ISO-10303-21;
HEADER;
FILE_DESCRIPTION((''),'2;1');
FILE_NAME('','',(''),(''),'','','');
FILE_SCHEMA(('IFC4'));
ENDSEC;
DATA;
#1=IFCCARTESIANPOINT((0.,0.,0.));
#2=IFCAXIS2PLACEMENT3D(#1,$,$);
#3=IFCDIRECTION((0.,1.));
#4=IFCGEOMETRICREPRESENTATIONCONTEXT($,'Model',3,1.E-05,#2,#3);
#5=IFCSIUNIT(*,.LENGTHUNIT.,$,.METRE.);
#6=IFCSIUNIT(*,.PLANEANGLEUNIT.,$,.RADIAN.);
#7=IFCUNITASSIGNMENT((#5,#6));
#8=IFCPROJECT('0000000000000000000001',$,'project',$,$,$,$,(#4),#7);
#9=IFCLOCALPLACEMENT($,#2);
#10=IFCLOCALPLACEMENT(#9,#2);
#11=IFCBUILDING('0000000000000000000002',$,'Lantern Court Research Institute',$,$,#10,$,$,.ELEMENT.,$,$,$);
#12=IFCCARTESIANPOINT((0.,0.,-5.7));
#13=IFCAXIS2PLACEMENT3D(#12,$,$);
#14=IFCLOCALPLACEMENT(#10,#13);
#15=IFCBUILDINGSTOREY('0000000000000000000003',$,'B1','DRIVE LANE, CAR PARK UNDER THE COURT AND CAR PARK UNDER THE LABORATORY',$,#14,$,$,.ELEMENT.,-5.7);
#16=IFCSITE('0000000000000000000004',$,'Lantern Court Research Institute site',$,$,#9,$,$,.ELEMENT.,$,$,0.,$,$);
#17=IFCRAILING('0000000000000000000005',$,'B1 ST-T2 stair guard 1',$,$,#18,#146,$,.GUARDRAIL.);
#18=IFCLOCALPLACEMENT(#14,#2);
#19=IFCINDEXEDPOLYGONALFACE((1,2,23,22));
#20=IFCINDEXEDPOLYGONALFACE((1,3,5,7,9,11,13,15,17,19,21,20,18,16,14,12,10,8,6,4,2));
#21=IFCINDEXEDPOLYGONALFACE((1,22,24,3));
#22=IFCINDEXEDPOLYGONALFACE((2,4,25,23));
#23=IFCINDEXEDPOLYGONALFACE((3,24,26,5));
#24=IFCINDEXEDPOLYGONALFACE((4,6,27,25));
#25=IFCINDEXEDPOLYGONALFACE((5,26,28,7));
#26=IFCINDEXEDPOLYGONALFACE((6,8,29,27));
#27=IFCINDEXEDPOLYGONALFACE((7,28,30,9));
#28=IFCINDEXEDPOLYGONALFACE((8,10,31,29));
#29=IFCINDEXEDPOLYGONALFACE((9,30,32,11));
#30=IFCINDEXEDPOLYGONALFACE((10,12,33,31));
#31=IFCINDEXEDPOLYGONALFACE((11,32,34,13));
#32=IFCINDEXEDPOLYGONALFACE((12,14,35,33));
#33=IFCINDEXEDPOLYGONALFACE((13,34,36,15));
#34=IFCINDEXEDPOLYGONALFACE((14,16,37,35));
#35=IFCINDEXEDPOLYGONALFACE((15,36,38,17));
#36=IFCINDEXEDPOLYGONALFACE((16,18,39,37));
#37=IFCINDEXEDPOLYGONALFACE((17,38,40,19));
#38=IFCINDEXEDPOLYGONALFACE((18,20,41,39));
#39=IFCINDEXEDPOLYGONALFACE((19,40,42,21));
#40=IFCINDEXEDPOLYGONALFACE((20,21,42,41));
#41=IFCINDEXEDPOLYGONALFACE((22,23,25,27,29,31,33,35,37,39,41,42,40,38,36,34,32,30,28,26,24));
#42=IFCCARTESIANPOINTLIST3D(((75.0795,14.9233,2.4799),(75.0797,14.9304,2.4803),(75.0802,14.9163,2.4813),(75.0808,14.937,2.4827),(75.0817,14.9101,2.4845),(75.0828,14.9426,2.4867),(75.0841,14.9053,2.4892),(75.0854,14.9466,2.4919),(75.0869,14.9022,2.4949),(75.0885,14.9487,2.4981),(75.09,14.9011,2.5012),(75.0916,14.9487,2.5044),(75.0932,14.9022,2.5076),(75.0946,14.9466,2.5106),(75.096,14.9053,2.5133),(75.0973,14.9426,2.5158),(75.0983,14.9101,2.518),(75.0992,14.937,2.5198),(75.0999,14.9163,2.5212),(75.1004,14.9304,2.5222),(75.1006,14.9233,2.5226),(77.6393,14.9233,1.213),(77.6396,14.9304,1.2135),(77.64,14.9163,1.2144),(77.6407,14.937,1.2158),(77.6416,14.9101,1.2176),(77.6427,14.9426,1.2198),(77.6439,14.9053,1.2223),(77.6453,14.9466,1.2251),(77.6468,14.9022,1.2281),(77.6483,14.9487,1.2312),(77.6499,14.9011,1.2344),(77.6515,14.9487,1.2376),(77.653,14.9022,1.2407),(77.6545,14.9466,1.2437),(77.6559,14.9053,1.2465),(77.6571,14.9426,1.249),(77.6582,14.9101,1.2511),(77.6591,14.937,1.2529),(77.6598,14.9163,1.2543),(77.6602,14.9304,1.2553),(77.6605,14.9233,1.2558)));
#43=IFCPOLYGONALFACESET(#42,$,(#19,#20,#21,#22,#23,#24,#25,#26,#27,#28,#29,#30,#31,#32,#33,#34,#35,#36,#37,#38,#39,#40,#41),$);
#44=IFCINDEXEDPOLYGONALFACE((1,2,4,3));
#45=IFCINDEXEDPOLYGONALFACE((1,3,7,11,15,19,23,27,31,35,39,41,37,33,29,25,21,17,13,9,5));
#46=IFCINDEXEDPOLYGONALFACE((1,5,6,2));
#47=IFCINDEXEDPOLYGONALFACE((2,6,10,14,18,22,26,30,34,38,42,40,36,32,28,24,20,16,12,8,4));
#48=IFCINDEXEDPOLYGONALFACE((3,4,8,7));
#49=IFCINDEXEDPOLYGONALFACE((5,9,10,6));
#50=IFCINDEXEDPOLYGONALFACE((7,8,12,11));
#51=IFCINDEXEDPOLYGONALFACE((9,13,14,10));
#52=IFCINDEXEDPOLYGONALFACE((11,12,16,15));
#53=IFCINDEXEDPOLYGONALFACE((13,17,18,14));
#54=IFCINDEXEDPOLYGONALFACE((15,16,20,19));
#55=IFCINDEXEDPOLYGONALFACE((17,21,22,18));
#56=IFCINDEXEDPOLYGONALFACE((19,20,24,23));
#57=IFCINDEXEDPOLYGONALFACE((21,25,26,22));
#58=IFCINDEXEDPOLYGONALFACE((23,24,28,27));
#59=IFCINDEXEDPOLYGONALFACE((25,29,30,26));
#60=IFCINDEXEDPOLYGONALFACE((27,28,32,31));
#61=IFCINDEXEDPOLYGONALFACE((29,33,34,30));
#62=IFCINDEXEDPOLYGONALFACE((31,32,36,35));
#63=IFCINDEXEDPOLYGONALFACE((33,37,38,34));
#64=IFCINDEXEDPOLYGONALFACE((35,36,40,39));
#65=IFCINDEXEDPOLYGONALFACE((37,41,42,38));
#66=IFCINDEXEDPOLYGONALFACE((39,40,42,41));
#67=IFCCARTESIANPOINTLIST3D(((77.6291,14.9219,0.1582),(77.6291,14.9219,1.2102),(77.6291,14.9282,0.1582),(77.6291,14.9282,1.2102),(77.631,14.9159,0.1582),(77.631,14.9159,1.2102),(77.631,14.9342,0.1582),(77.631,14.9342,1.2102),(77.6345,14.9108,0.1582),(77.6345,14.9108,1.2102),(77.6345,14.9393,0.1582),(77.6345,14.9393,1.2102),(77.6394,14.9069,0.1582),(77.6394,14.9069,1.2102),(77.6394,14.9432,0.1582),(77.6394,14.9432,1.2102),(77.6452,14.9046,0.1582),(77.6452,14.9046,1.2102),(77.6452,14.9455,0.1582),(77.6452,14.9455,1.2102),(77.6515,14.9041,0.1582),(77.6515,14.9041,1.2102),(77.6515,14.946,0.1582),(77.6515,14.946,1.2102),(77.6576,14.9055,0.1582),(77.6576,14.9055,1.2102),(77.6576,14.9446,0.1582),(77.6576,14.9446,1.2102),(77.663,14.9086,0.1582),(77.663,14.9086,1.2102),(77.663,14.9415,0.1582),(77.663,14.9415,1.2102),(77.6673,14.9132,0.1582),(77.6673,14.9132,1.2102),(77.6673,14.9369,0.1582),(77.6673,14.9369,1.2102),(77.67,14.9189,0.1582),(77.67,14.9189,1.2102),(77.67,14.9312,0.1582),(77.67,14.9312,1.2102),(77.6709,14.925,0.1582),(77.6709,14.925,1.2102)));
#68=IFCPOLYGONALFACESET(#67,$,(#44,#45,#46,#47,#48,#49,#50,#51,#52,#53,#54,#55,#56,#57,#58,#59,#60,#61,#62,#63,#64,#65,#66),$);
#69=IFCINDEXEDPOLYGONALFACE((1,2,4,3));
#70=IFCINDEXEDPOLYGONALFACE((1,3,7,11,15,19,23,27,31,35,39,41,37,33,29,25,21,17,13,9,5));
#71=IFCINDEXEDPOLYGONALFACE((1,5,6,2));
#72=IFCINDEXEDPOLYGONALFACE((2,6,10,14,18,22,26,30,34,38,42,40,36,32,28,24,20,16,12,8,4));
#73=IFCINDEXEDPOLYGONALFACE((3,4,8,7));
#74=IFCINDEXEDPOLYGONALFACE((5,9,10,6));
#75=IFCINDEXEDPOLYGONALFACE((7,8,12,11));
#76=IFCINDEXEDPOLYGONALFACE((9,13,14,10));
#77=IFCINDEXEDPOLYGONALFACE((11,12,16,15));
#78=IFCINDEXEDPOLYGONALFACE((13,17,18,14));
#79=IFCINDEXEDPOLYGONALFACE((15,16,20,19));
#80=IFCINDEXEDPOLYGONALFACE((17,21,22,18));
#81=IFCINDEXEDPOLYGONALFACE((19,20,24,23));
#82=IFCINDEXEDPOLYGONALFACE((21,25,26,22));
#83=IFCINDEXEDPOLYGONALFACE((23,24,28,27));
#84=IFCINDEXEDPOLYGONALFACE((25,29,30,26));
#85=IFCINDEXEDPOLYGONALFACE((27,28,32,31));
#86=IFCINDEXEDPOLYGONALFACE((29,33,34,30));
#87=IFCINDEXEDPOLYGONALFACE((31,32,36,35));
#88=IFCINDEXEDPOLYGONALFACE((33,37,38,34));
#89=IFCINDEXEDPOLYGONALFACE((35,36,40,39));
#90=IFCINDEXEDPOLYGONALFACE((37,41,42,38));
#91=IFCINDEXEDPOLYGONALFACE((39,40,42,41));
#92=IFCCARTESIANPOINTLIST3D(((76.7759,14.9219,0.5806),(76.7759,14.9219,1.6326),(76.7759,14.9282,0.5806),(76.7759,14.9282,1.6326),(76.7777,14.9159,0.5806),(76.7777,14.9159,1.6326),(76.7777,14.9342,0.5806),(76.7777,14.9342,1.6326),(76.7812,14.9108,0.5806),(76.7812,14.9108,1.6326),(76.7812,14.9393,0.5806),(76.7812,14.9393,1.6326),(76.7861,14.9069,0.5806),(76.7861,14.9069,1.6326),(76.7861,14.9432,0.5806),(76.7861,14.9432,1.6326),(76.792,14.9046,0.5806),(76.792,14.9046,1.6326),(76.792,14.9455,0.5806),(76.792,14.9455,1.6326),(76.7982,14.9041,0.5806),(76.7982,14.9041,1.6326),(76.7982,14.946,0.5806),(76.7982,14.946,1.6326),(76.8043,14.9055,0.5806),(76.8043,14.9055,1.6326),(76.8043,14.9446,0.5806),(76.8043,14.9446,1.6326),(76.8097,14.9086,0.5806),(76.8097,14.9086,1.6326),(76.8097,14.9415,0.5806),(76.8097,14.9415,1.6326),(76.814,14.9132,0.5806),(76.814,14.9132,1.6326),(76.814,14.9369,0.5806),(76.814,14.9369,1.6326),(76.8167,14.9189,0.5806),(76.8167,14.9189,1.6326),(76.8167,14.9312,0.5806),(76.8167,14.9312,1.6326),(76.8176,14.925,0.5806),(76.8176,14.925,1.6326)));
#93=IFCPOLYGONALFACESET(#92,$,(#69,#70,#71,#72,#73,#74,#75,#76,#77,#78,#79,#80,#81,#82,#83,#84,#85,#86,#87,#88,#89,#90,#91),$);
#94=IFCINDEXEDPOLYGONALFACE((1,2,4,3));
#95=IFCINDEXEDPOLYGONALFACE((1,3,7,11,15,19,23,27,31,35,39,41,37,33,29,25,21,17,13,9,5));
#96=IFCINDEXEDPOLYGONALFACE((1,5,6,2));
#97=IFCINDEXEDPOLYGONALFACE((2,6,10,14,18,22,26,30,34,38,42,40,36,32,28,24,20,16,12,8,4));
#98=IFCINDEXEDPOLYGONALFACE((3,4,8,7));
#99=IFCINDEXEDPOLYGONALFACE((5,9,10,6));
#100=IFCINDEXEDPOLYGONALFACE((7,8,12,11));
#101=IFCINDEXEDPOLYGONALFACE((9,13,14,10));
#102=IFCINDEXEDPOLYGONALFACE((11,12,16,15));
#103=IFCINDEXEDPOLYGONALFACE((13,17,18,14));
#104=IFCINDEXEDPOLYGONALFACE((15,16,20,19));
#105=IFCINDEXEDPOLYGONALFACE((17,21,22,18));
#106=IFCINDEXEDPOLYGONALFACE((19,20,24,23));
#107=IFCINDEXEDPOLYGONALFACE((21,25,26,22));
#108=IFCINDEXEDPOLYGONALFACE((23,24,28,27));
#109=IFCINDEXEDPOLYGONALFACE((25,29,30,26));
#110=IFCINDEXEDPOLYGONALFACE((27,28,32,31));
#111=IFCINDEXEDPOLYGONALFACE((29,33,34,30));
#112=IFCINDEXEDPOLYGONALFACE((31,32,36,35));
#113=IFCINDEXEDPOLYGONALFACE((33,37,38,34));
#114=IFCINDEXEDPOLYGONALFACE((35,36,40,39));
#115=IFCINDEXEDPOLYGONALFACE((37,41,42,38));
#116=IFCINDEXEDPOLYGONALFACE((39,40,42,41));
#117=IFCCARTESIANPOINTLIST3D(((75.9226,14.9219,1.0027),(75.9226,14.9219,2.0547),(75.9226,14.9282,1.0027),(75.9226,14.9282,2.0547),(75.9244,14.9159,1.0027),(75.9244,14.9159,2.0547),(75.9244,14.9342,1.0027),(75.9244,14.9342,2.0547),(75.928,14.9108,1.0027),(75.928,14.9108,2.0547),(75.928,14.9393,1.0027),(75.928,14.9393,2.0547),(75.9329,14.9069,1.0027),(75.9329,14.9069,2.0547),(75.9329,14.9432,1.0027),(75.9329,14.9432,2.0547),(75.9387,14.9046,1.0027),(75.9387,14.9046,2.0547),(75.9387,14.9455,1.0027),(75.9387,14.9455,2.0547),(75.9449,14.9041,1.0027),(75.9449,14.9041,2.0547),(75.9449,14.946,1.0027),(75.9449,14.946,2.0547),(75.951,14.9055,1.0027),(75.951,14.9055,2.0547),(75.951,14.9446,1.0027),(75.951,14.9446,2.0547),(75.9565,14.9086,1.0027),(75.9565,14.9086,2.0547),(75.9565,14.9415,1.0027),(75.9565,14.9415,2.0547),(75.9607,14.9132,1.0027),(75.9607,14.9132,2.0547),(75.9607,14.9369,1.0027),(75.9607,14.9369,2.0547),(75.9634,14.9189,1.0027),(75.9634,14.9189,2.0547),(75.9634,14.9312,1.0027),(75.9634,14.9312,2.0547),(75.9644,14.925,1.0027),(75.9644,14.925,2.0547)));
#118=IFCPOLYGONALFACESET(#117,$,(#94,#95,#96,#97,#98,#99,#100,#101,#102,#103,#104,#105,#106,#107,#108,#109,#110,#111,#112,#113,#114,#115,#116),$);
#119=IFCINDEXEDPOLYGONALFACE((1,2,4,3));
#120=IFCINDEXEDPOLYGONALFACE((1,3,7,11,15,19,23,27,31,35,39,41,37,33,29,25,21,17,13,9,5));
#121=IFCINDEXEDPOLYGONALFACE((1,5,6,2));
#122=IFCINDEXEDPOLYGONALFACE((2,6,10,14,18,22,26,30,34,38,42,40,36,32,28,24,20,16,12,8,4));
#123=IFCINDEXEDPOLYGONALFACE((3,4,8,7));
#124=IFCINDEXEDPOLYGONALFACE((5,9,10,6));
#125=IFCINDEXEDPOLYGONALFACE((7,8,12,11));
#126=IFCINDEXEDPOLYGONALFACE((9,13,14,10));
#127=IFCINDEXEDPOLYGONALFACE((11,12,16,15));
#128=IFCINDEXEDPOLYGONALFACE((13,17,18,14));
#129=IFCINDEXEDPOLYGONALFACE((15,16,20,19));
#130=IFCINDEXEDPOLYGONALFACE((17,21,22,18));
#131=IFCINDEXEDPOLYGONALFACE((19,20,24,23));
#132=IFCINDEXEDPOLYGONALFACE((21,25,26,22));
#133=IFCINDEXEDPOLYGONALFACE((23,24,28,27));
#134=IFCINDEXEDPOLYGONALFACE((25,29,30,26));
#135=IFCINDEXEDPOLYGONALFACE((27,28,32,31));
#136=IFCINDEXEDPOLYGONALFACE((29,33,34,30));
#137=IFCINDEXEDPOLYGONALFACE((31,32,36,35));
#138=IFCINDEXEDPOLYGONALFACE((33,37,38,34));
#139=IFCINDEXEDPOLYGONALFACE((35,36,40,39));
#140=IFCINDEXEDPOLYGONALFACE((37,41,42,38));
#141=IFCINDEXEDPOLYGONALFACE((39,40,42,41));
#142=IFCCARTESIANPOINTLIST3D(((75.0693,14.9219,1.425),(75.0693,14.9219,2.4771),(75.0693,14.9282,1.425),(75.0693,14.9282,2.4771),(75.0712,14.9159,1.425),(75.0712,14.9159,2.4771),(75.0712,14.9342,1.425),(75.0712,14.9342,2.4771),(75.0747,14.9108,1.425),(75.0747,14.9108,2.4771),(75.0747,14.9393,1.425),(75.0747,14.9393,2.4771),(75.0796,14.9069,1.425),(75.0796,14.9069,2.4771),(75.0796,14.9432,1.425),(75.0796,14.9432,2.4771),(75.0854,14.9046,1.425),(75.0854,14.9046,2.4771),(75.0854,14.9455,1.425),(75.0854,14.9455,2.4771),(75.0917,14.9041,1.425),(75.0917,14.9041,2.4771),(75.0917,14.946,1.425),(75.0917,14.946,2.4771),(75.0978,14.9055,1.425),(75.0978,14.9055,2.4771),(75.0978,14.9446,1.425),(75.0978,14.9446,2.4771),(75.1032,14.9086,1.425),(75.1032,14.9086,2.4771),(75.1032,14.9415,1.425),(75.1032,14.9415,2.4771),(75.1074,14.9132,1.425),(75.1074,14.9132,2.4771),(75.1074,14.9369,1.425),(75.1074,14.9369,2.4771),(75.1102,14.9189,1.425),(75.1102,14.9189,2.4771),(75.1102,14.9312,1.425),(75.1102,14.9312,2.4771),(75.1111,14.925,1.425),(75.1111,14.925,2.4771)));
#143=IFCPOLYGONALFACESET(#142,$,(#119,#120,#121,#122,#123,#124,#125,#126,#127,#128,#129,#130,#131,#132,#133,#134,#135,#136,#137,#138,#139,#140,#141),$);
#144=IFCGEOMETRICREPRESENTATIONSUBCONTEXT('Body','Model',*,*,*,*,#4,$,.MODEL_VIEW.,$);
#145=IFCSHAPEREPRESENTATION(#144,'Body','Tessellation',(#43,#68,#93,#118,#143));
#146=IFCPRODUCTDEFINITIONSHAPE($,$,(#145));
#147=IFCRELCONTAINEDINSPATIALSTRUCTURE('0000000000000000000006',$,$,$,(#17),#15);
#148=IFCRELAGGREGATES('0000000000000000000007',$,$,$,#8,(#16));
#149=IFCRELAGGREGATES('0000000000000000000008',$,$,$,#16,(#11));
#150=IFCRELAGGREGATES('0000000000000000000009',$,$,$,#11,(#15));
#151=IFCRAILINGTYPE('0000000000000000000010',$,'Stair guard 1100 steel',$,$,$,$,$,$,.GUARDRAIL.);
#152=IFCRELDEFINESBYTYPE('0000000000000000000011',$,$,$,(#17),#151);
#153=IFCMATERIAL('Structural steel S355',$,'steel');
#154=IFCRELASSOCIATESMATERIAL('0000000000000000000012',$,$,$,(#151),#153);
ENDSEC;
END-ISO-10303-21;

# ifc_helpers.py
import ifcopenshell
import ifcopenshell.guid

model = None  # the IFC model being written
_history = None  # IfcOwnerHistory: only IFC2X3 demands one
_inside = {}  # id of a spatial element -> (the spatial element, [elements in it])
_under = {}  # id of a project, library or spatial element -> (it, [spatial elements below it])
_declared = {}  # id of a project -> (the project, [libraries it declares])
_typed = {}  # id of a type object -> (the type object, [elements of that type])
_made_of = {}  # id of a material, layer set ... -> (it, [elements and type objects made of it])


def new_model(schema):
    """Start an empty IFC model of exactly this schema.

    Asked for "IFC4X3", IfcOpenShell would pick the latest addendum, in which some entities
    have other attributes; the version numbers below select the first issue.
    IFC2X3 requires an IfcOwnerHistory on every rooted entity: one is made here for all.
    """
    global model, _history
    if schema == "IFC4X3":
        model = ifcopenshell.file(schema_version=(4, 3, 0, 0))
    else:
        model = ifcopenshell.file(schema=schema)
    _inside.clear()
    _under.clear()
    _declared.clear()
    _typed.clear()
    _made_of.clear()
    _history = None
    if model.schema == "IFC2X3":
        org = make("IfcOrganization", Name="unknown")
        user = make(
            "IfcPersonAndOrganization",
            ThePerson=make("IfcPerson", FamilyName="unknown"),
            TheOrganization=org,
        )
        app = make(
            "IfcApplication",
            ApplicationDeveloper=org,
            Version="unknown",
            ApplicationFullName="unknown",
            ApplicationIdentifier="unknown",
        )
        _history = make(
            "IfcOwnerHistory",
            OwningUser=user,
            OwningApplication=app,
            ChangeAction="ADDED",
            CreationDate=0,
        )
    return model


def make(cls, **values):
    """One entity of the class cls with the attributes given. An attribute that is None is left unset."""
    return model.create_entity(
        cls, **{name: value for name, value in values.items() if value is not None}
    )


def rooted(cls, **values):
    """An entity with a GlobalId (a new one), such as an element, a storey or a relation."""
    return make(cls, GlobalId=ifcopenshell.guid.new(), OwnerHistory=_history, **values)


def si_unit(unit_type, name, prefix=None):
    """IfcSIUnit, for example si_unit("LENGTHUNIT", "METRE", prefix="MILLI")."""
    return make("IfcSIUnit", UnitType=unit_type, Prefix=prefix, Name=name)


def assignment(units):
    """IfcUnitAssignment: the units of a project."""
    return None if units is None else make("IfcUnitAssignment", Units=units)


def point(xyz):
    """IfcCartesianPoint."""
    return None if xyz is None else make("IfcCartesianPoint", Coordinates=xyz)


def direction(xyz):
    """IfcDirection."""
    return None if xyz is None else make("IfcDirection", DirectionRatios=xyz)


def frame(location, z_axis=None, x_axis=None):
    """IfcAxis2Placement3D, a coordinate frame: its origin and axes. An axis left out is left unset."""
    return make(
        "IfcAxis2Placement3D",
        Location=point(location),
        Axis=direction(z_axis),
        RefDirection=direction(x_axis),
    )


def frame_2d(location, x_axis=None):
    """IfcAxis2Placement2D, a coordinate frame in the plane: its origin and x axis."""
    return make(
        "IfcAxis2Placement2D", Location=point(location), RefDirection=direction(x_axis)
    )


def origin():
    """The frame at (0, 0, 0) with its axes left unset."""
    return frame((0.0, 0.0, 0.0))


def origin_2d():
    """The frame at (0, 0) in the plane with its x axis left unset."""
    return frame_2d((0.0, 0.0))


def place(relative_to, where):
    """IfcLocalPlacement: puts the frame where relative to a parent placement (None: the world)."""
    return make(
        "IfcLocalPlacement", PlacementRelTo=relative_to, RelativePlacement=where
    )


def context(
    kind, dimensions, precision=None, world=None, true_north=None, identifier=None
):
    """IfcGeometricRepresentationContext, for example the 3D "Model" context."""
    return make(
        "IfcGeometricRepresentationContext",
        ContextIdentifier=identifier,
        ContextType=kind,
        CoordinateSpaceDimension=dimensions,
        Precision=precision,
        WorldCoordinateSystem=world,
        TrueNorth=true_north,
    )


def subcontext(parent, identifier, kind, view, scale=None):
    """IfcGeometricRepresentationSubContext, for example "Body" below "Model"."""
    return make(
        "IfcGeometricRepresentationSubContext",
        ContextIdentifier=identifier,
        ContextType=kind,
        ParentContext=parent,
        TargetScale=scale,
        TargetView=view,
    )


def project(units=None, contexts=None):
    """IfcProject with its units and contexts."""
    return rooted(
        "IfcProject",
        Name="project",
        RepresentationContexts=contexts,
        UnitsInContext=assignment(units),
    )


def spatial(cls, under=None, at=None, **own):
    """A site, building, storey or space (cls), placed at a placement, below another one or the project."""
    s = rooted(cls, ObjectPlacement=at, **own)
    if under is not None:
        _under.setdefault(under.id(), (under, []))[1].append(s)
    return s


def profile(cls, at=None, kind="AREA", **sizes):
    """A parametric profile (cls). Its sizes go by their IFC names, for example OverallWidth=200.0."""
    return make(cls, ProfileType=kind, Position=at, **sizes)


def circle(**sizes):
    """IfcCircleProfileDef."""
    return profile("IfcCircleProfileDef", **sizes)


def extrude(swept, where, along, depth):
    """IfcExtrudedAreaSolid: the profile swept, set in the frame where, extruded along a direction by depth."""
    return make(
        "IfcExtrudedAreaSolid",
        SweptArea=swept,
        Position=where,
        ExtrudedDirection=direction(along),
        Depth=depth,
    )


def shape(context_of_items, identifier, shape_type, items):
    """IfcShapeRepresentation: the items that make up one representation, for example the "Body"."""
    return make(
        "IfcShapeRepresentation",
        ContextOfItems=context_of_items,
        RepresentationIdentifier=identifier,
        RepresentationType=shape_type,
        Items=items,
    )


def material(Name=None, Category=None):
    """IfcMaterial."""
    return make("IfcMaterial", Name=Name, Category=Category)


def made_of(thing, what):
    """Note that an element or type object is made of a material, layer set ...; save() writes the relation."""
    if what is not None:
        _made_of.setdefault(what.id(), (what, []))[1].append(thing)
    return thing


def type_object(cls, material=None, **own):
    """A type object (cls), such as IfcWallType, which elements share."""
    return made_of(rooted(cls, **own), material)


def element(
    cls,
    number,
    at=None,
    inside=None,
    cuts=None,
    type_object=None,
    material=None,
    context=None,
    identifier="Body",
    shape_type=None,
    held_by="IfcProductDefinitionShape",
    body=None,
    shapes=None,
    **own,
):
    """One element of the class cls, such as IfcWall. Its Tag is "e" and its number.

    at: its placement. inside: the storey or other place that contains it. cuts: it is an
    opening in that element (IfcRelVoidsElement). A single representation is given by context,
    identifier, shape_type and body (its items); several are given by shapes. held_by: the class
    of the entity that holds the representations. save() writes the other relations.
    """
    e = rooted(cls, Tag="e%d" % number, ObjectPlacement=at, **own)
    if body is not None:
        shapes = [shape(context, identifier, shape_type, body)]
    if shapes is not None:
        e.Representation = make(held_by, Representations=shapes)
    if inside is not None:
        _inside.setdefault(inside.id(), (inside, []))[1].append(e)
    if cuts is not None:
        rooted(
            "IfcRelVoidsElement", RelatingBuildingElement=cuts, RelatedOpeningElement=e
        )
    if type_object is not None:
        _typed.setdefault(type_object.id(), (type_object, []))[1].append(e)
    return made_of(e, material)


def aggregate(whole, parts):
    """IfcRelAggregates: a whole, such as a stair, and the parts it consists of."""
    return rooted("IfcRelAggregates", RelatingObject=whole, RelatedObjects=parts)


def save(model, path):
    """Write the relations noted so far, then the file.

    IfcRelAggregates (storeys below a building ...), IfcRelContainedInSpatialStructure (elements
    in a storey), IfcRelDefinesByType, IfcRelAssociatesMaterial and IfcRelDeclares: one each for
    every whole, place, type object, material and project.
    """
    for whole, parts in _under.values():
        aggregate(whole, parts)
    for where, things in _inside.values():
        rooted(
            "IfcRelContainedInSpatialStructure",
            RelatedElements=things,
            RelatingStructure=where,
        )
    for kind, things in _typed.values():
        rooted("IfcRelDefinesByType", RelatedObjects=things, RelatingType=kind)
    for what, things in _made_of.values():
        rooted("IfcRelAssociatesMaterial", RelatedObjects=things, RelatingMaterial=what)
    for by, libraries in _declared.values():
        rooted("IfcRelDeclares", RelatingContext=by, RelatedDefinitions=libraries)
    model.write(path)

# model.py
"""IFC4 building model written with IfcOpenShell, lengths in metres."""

from ifc_helpers import new_model, si_unit, direction, frame, origin, origin_2d, place, context, subcontext, project, spatial, circle, extrude, material, type_object, element, save


model = new_model("IFC4")

# Units and contexts
model_context = context("Model", 3, precision=1e-05, world=origin(), true_north=direction((0.0, 1.0)))
body_context = subcontext(model_context, "Body", "Model", "MODEL_VIEW")
ifc_project = project(units=[si_unit("LENGTHUNIT", "METRE"), si_unit("PLANEANGLEUNIT", "RADIAN")], contexts=[model_context])

# Site, building, storey
site_placement = place(None, origin())
site = spatial("IfcSite", under=ifc_project, at=site_placement, Name="Lantern Court Research Institute site", CompositionType="ELEMENT", RefElevation=0.0)
building_placement = place(site_placement, origin())
building = spatial("IfcBuilding", under=site, at=building_placement, Name="Lantern Court Research Institute", CompositionType="ELEMENT")
storey_placement = place(building_placement, frame((0.0, 0.0, -5.7)))
storey = spatial("IfcBuildingStorey", under=building, at=storey_placement, Name="B1", Description="DRIVE LANE, CAR PARK UNDER THE COURT AND CAR PARK UNDER THE LABORATORY", CompositionType="ELEMENT", Elevation=-5.7)

# Railing
ifc_material_1 = material(Name="Structural steel S355", Category="steel")
railing_type_1 = type_object("IfcRailingType", Name="Stair guard 1100 steel", PredefinedType="GUARDRAIL", material=ifc_material_1)
railing_1_placement = place(storey_placement, frame((77.6499, 14.925, 0.1582)))
element("IfcRailing", 1, at=railing_1_placement, inside=storey, type_object=railing_type_1, Name="B1 ST-T2 stair guard 1", PredefinedType="GUARDRAIL", context=body_context, shape_type="SweptSolid", body=[
    extrude(circle(Radius=0.0239, at=origin_2d()), frame((0.0, 0.0, 1.0762), z_axis=(-0.896249, 0.0, 0.443551), x_axis=(0.0, -1.0, 0.0)), (0.0, 0.0, 1.0), 2.8562),
    extrude(circle(Radius=0.021, at=origin_2d()), origin(), (0.0, 0.0, 1.0), 1.052),
    extrude(circle(Radius=0.021, at=origin_2d()), frame((-0.8533, 0.0, 0.4224)), (0.0, 0.0, 1.0), 1.052),
    extrude(circle(Radius=0.021, at=origin_2d()), frame((-1.7065, 0.0, 0.8445)), (0.0, 0.0, 1.0), 1.052),
    extrude(circle(Radius=0.021, at=origin_2d()), frame((-2.5598, 0.0, 1.2668)), (0.0, 0.0, 1.0), 1.052),
])

save(model, "model.ifc")
